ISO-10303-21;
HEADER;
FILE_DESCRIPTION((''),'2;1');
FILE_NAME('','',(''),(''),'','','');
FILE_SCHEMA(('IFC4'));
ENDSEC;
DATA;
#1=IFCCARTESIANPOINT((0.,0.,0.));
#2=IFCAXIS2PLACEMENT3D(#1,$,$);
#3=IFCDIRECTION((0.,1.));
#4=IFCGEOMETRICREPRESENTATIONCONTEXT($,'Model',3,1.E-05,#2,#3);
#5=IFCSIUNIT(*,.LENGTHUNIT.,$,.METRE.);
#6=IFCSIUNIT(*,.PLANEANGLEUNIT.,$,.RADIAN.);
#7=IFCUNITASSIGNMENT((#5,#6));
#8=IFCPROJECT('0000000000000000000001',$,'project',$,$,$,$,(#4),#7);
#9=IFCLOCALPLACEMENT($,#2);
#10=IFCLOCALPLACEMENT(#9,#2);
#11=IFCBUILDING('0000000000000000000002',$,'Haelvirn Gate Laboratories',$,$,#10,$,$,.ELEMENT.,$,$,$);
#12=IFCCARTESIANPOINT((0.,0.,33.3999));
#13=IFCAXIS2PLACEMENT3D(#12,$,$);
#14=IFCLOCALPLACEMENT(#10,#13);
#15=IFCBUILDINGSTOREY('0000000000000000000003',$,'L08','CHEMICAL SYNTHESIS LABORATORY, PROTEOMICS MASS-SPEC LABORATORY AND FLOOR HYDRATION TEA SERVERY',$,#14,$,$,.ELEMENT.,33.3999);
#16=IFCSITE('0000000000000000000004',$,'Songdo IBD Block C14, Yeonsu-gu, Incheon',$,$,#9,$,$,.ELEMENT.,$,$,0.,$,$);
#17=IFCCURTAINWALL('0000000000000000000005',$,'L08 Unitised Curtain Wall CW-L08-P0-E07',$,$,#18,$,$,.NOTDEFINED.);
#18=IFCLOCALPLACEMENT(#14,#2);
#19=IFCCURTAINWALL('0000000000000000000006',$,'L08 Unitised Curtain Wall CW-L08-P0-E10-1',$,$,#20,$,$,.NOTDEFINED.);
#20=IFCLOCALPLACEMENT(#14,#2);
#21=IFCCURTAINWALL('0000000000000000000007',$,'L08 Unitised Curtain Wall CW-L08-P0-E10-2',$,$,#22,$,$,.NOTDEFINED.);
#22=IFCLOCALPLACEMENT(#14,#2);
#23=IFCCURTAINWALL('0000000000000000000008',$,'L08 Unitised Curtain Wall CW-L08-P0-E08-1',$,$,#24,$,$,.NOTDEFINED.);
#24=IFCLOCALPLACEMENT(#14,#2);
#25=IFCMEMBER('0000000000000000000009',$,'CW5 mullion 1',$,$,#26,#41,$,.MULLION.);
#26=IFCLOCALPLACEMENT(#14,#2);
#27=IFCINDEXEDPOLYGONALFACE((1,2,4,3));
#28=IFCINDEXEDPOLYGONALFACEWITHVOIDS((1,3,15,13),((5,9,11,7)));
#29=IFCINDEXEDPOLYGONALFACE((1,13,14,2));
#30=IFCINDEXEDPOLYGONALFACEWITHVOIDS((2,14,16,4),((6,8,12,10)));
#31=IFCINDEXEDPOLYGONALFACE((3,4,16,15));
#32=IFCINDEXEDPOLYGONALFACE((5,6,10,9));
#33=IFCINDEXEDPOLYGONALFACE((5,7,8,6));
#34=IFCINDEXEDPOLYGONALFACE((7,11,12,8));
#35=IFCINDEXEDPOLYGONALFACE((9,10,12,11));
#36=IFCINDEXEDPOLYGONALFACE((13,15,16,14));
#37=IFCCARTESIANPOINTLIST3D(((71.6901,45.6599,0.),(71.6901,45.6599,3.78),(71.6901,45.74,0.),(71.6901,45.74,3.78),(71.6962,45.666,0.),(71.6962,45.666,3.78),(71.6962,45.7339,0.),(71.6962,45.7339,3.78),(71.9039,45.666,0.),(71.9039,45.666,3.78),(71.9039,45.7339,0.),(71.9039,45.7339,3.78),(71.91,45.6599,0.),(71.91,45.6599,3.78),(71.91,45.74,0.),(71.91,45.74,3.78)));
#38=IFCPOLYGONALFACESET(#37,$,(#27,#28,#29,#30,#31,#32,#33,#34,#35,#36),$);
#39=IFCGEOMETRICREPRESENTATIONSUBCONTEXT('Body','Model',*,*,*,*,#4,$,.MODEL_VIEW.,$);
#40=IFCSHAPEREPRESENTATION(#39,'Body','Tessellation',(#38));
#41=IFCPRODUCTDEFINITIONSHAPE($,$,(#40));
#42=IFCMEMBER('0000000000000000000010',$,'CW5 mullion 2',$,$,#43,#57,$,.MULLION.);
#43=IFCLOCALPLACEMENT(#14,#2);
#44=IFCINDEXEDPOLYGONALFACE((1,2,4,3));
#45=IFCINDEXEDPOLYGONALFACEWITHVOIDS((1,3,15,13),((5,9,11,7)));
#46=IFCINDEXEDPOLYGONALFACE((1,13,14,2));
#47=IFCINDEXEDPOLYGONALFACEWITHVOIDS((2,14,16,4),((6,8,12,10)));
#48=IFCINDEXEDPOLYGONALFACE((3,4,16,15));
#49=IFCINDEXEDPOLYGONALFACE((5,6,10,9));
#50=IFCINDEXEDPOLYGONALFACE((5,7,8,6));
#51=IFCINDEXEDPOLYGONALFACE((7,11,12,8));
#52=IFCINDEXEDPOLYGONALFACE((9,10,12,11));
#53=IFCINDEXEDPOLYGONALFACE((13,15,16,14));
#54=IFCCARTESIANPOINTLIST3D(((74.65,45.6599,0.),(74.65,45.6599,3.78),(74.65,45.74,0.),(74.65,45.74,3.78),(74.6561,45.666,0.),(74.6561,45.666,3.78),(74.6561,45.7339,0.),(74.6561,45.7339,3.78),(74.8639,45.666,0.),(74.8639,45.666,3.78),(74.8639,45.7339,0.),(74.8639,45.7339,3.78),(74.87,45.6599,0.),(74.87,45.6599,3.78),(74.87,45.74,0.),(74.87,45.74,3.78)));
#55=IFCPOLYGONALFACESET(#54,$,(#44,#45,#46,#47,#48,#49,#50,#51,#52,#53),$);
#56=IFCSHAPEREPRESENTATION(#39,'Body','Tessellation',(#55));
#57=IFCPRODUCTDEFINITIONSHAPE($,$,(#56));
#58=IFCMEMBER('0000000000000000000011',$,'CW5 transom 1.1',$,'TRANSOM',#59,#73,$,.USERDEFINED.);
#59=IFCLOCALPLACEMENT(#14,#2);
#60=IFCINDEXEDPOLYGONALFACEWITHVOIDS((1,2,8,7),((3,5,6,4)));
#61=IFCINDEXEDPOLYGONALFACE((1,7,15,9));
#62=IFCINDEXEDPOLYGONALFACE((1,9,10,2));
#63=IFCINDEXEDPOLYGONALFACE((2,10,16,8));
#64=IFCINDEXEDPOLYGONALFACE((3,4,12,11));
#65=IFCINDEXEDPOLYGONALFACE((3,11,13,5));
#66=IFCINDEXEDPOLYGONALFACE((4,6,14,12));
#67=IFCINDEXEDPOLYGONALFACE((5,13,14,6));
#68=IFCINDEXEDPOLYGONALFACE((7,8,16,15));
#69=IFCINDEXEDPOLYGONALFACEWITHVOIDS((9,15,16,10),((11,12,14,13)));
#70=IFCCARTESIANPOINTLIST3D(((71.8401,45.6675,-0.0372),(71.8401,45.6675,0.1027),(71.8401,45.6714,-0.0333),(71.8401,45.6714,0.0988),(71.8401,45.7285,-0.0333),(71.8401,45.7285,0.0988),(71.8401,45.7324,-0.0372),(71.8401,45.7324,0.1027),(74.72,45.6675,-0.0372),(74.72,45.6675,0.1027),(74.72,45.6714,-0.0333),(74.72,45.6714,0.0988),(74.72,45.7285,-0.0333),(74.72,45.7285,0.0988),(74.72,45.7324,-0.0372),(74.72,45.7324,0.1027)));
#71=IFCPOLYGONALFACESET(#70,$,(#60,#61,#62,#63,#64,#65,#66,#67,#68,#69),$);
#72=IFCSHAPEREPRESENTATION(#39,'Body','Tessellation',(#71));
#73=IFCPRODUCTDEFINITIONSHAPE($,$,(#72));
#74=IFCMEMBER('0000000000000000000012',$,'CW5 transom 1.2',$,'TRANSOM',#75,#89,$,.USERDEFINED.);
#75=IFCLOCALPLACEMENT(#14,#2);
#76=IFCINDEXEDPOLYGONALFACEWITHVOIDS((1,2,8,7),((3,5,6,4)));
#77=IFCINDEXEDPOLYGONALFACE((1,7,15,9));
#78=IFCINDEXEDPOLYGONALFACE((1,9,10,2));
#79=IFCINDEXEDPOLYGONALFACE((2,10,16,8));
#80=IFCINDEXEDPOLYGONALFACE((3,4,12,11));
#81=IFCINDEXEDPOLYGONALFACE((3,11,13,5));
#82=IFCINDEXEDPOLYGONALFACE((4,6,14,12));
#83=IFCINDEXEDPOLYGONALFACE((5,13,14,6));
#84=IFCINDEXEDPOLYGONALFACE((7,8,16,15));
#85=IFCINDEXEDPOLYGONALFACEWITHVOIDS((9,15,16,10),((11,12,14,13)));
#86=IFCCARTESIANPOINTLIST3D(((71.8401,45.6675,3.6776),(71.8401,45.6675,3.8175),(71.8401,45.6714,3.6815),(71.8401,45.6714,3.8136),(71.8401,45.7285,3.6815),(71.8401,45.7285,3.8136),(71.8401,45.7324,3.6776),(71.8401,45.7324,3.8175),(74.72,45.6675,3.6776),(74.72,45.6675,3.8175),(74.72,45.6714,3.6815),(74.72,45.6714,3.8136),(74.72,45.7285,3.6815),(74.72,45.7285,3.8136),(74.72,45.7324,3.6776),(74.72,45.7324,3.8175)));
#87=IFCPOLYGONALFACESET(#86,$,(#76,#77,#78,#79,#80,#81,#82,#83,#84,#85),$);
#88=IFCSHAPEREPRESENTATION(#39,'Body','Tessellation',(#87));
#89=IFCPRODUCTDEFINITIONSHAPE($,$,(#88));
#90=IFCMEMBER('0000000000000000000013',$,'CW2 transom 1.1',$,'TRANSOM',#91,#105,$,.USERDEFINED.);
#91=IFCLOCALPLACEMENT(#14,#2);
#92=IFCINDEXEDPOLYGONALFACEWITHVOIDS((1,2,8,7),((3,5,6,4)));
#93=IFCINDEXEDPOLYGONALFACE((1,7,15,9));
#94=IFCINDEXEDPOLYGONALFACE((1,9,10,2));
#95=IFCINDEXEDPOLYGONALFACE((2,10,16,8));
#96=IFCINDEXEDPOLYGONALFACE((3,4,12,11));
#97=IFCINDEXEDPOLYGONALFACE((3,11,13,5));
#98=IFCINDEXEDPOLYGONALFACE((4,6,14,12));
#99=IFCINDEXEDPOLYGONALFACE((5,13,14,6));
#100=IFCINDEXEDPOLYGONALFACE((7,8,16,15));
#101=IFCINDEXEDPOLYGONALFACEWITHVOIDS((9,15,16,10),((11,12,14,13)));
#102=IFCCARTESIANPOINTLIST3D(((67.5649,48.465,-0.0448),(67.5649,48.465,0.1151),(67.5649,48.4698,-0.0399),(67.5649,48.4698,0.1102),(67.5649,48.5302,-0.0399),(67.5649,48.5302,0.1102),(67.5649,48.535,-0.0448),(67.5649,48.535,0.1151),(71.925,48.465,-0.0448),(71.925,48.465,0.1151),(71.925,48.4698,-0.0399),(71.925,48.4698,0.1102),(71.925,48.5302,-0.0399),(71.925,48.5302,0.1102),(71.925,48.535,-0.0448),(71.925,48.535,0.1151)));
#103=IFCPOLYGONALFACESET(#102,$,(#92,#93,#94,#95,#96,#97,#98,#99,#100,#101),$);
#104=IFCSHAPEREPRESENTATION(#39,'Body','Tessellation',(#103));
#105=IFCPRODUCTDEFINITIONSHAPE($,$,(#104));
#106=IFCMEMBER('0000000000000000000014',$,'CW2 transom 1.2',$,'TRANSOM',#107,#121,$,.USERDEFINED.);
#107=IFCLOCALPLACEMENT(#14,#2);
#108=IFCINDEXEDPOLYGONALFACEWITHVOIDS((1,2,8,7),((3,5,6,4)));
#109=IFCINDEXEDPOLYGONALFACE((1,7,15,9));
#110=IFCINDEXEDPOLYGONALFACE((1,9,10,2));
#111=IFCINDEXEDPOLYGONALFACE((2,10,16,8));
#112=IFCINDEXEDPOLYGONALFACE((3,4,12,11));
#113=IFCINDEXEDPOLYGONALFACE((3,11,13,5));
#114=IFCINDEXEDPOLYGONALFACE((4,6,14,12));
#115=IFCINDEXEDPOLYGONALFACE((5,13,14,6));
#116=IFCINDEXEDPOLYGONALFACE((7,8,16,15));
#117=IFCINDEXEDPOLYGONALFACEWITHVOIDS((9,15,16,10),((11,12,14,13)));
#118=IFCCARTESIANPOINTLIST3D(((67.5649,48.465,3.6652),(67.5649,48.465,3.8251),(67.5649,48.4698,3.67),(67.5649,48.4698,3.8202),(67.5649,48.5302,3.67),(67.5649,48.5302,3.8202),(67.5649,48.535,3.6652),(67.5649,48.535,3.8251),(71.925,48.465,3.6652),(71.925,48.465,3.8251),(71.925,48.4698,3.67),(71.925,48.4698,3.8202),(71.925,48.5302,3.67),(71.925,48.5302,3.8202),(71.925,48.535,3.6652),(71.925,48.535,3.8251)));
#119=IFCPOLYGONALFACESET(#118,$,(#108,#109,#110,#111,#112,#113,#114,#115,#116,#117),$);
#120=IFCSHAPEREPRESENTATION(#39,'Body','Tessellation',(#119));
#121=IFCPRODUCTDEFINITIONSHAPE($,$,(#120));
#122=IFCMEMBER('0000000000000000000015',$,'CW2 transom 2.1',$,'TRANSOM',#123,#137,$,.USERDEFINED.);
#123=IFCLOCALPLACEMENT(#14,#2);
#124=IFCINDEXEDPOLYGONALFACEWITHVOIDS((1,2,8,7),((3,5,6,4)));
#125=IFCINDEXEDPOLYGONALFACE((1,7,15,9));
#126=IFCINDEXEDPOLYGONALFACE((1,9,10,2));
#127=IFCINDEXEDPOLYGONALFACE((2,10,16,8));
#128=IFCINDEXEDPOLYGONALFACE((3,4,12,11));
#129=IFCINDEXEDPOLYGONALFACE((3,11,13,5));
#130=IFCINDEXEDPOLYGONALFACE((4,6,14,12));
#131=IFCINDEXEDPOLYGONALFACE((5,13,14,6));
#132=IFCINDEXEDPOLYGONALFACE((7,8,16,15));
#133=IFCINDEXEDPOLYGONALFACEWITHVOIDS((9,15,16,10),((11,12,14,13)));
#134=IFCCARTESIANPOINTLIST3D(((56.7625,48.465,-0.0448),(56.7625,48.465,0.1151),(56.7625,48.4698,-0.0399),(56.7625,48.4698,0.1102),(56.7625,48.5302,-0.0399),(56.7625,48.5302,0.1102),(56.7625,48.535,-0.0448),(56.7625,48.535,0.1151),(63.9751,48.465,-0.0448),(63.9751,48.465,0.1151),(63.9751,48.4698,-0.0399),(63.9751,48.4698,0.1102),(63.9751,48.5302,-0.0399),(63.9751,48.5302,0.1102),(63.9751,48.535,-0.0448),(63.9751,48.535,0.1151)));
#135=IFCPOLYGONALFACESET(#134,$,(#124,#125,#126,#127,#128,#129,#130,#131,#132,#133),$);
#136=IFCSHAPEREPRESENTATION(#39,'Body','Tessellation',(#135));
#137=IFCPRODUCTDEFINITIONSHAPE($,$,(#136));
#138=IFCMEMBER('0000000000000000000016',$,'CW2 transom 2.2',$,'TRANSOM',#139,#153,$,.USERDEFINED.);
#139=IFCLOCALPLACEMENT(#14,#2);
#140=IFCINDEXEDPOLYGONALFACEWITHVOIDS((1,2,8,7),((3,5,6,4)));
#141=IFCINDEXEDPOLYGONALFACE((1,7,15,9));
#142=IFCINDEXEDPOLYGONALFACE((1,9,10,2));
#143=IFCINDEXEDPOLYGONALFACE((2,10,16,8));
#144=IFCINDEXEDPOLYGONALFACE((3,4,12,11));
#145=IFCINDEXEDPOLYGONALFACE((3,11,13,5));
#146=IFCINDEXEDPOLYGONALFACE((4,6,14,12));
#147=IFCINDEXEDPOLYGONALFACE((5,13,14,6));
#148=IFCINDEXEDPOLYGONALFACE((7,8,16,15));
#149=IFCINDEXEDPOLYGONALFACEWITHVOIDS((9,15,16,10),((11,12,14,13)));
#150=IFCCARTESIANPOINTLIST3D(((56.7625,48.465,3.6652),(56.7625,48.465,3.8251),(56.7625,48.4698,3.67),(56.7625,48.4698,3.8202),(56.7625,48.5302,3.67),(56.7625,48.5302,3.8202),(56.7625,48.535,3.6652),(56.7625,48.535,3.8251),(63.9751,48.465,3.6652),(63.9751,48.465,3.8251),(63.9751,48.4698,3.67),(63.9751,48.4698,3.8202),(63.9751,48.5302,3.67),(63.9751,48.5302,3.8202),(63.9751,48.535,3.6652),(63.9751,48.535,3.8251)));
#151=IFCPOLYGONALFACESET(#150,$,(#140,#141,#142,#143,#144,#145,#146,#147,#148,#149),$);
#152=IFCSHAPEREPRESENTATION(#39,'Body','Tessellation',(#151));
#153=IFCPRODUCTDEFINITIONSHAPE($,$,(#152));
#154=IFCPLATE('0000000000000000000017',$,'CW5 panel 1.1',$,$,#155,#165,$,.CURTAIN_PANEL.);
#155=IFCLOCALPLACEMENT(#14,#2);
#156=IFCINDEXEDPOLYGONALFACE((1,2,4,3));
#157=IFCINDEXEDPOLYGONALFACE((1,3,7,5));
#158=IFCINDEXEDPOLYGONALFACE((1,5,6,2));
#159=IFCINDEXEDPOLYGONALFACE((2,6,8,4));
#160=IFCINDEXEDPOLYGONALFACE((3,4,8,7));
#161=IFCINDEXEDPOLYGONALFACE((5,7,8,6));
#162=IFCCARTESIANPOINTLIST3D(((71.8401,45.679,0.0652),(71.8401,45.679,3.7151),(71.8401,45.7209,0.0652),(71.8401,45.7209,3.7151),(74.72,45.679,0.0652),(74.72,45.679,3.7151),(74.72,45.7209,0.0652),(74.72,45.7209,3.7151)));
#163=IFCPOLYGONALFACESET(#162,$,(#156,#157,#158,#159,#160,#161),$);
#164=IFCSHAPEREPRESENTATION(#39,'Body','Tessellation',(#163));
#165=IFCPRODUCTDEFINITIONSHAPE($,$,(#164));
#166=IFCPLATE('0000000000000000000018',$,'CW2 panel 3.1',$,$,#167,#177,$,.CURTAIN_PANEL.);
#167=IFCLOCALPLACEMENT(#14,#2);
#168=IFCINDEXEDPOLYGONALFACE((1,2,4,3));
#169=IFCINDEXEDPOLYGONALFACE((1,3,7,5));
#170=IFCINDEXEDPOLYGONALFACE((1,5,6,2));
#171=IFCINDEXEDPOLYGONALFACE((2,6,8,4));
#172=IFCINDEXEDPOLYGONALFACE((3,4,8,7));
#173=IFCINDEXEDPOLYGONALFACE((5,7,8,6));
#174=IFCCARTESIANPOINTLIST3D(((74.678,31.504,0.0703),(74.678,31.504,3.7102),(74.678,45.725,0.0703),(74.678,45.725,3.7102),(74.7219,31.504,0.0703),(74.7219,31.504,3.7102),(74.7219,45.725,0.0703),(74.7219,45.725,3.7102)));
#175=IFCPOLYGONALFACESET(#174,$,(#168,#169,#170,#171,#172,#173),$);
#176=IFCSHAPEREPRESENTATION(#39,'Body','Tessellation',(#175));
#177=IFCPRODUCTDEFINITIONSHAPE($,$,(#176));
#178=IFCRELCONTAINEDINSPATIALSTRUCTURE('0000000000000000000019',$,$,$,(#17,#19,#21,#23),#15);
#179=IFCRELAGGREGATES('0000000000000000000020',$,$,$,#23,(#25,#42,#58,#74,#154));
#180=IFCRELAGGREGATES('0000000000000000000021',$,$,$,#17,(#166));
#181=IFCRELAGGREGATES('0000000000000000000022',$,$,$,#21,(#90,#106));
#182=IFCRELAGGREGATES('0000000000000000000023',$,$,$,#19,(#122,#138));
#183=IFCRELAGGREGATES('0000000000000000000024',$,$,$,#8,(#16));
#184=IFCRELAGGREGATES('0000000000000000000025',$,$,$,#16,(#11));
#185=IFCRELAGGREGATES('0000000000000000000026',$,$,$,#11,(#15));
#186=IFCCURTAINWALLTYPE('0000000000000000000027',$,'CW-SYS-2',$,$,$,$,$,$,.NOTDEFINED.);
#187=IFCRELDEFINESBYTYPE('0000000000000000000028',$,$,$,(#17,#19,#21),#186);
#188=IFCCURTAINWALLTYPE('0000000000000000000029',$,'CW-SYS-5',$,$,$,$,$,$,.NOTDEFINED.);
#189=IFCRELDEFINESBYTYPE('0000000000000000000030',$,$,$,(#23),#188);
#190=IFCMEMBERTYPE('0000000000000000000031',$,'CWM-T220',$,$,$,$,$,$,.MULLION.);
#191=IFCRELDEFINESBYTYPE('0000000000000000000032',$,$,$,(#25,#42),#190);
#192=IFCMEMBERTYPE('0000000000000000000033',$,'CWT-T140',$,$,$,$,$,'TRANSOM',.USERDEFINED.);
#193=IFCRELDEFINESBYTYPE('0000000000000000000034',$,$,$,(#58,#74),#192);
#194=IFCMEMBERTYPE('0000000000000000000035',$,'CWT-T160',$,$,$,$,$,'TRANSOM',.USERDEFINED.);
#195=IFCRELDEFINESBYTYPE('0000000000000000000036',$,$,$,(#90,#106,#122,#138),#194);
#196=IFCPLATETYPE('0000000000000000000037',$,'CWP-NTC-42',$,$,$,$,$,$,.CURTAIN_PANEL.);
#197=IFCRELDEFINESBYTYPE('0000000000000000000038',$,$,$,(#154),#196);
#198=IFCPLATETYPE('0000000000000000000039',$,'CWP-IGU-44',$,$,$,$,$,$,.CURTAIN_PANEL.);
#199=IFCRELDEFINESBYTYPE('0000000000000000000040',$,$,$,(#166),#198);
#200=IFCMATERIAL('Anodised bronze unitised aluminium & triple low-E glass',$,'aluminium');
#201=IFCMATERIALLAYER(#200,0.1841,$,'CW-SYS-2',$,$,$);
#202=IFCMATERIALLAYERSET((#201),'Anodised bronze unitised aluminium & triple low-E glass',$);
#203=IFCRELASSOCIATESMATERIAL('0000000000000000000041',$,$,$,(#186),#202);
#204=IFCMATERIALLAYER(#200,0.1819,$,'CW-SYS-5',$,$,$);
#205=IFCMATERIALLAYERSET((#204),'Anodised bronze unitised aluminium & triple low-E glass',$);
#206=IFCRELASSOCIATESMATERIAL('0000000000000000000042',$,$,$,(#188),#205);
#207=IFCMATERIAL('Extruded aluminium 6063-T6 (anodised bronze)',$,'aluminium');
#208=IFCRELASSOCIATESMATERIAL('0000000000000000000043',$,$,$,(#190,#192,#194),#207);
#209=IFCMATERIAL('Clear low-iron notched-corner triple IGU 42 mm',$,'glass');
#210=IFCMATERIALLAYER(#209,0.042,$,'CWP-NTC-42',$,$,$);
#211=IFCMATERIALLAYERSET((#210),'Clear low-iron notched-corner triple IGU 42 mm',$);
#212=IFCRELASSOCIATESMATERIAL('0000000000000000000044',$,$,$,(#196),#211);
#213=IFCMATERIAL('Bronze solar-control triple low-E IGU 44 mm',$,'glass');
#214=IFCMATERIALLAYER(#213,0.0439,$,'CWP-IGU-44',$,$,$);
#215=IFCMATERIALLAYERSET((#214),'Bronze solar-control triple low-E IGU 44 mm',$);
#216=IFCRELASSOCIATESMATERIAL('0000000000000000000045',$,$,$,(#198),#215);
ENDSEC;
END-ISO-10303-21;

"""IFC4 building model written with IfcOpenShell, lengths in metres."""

from ifc_helpers import new_model, si_unit, direction, frame, origin, origin_2d, place, context, subcontext, project, spatial, rectangle, hollow_rectangle, extrude, source, transform, mapped, material, layer, layer_set, material_profile, profile_set, type_object, type_shapes, element, aggregate, save


model = new_model("IFC4")

# Units and contexts
model_context = context("Model", 3, precision=1e-05, world=origin(), true_north=direction((0.0, 1.0)))
body_context = subcontext(model_context, "Body", "Model", "MODEL_VIEW")
ifc_project = project(units=[si_unit("LENGTHUNIT", "METRE"), si_unit("PLANEANGLEUNIT", "RADIAN")], contexts=[model_context])

# Site, building, storey
site_placement = place(None, origin())
site = spatial("IfcSite", under=ifc_project, at=site_placement, Name="Songdo IBD Block C14, Yeonsu-gu, Incheon", CompositionType="ELEMENT", RefElevation=0.0)
building_placement = place(site_placement, origin())
building = spatial("IfcBuilding", under=site, at=building_placement, Name="Haelvirn Gate Laboratories", CompositionType="ELEMENT")
storey_placement = place(building_placement, frame((0.0, 0.0, 33.3999)))
storey = spatial("IfcBuildingStorey", under=building, at=storey_placement, Name="L08", Description="CHEMICAL SYNTHESIS LABORATORY, PROTEOMICS MASS-SPEC LABORATORY AND FLOOR HYDRATION TEA SERVERY", CompositionType="ELEMENT", Elevation=33.3999)

# Curtain wall
ifc_material_1 = material(Name="Anodised bronze unitised aluminium & triple low-E glass", Category="aluminium")
ifc_layer_1 = layer(ifc_material_1, 0.1841, Name="CW-SYS-2")
ifc_layer_set_1 = layer_set([ifc_layer_1], Name="Anodised bronze unitised aluminium & triple low-E glass")
curtain_wall_type_1 = type_object("IfcCurtainWallType", Name="CW-SYS-2", PredefinedType="NOTDEFINED", material=ifc_layer_set_1)
curtain_wall_1_placement = place(storey_placement, origin())
curtain_wall_1 = element("IfcCurtainWall", 1, at=curtain_wall_1_placement, inside=storey, type_object=curtain_wall_type_1, Name="L08 Unitised Curtain Wall CW-L08-P0-E07", PredefinedType="NOTDEFINED")
ifc_material_2 = material(Name="Extruded aluminium 6063-T6 (anodised bronze)", Category="aluminium")

# Curtain walls, members
curtain_wall_2_placement = place(storey_placement, origin())
curtain_wall_2 = element("IfcCurtainWall", 2, at=curtain_wall_2_placement, inside=storey, type_object=curtain_wall_type_1, Name="L08 Unitised Curtain Wall CW-L08-P0-E10-1", PredefinedType="NOTDEFINED")
curtain_wall_3_placement = place(storey_placement, origin())
curtain_wall_3 = element("IfcCurtainWall", 3, at=curtain_wall_3_placement, inside=storey, type_object=curtain_wall_type_1, Name="L08 Unitised Curtain Wall CW-L08-P0-E10-2", PredefinedType="NOTDEFINED")
ifc_layer_2 = layer(ifc_material_1, 0.1819, Name="CW-SYS-5")
ifc_layer_set_2 = layer_set([ifc_layer_2], Name="Anodised bronze unitised aluminium & triple low-E glass")
curtain_wall_type_2 = type_object("IfcCurtainWallType", Name="CW-SYS-5", PredefinedType="NOTDEFINED", material=ifc_layer_set_2)
curtain_wall_4_placement = place(storey_placement, origin())
curtain_wall_4 = element("IfcCurtainWall", 4, at=curtain_wall_4_placement, inside=storey, type_object=curtain_wall_type_2, Name="L08 Unitised Curtain Wall CW-L08-P0-E08-1", PredefinedType="NOTDEFINED")
ifc_material_profile_1 = material_profile(ifc_material_2, hollow_rectangle(XDim=0.0801, YDim=0.22, WallThickness=0.0061, at=origin_2d()), Name="CWM-220x80x6")
ifc_profile_set_1 = profile_set([ifc_material_profile_1], Name="Extruded aluminium 6063-T6 (anodised bronze)")
member_type_1 = type_object("IfcMemberType", Name="CWM-T220", PredefinedType="MULLION", material=ifc_profile_set_1)
shared_shape_1 = source(origin(), body_context, "Body", "SweptSolid", [
    extrude(hollow_rectangle(XDim=0.0801, YDim=0.22, WallThickness=0.0061, at=origin_2d()), origin(), (0.0, 0.0, 1.0), 3.78),
])
type_shapes(member_type_1, [shared_shape_1])
member_1_placement = place(storey_placement, frame((71.8, 45.7, 0.0), z_axis=(0.0, 0.0, 1.0), x_axis=(0.0, 1.0, 0.0)))
member_1 = element("IfcMember", 5, at=member_1_placement, type_object=member_type_1, Name="CW5 mullion 1", PredefinedType="MULLION", context=body_context, shape_type="MappedRepresentation", body=[
    mapped(shared_shape_1, transform((0.0, 0.0, 0.0), scale=1.0)),
])
member_2_placement = place(storey_placement, frame((74.76, 45.7, 0.0), z_axis=(0.0, 0.0, 1.0), x_axis=(0.0, 1.0, 0.0)))
member_2 = element("IfcMember", 6, at=member_2_placement, type_object=member_type_1, Name="CW5 mullion 2", PredefinedType="MULLION", context=body_context, shape_type="MappedRepresentation", body=[
    mapped(shared_shape_1, transform((0.0, 0.0, 0.0), scale=1.0)),
])
ifc_material_profile_2 = material_profile(ifc_material_2, hollow_rectangle(XDim=0.0649, YDim=0.1399, WallThickness=0.0039, at=origin_2d()), Name="CWT-140x65x4")
ifc_profile_set_2 = profile_set([ifc_material_profile_2], Name="Extruded aluminium 6063-T6 (anodised bronze)")
member_type_2 = type_object("IfcMemberType", Name="CWT-T140", ElementType="TRANSOM", PredefinedType="USERDEFINED", material=ifc_profile_set_2)
shared_shape_2 = source(origin(), body_context, "Body", "SweptSolid", [
    extrude(hollow_rectangle(XDim=0.0649, YDim=0.1399, WallThickness=0.0039, at=origin_2d()), origin(), (0.0, 0.0, 1.0), 2.8799),
])
type_shapes(member_type_2, [shared_shape_2])
member_3_placement = place(storey_placement, frame((71.8401, 45.7, 0.0327), z_axis=(1.0, 0.0, 0.0), x_axis=(0.0, 1.0, 0.0)))
member_3 = element("IfcMember", 7, at=member_3_placement, type_object=member_type_2, Name="CW5 transom 1.1", ObjectType="TRANSOM", PredefinedType="USERDEFINED", context=body_context, shape_type="MappedRepresentation", body=[
    mapped(shared_shape_2, transform((0.0, 0.0, 0.0), scale=1.0)),
])
member_4_placement = place(storey_placement, frame((71.8401, 45.7, 3.7476), z_axis=(1.0, 0.0, 0.0), x_axis=(0.0, 1.0, 0.0)))
member_4 = element("IfcMember", 8, at=member_4_placement, type_object=member_type_2, Name="CW5 transom 1.2", ObjectType="TRANSOM", PredefinedType="USERDEFINED", context=body_context, shape_type="MappedRepresentation", body=[
    mapped(shared_shape_2, transform((0.0, 0.0, 0.0), scale=1.0)),
])

# Members
ifc_material_profile_3 = material_profile(ifc_material_2, hollow_rectangle(XDim=0.0701, YDim=0.1599, WallThickness=0.0049, at=origin_2d()), Name="CWT-160x70x5")
ifc_profile_set_3 = profile_set([ifc_material_profile_3], Name="Extruded aluminium 6063-T6 (anodised bronze)")
member_type_3 = type_object("IfcMemberType", Name="CWT-T160", ElementType="TRANSOM", PredefinedType="USERDEFINED", material=ifc_profile_set_3)
shared_shape_3 = source(origin(), body_context, "Body", "SweptSolid", [
    extrude(hollow_rectangle(XDim=0.0701, YDim=0.1599, WallThickness=0.0049, at=origin_2d()), origin(), (0.0, 0.0, 1.0), 4.3601),
])
member_5_placement = place(storey_placement, frame((67.5649, 48.5, 0.0352), z_axis=(1.0, 0.0, 0.0), x_axis=(0.0, 1.0, 0.0)))
member_5 = element("IfcMember", 9, at=member_5_placement, type_object=member_type_3, Name="CW2 transom 1.1", ObjectType="TRANSOM", PredefinedType="USERDEFINED", context=body_context, shape_type="MappedRepresentation", body=[
    mapped(shared_shape_3, transform((0.0, 0.0, 0.0), scale=1.0)),
])
member_6_placement = place(storey_placement, frame((67.5649, 48.5, 3.7451), z_axis=(1.0, 0.0, 0.0), x_axis=(0.0, 1.0, 0.0)))
member_6 = element("IfcMember", 10, at=member_6_placement, type_object=member_type_3, Name="CW2 transom 1.2", ObjectType="TRANSOM", PredefinedType="USERDEFINED", context=body_context, shape_type="MappedRepresentation", body=[
    mapped(shared_shape_3, transform((0.0, 0.0, 0.0), scale=1.0)),
])
shared_shape_4 = source(origin(), body_context, "Body", "SweptSolid", [
    extrude(hollow_rectangle(XDim=0.0701, YDim=0.1599, WallThickness=0.0049, at=origin_2d()), origin(), (0.0, 0.0, 1.0), 7.2126),
])
type_shapes(member_type_3, [shared_shape_3, shared_shape_4])
member_7_placement = place(storey_placement, frame((56.7625, 48.5, 0.0352), z_axis=(1.0, 0.0, 0.0), x_axis=(0.0, 1.0, 0.0)))
member_7 = element("IfcMember", 11, at=member_7_placement, type_object=member_type_3, Name="CW2 transom 2.1", ObjectType="TRANSOM", PredefinedType="USERDEFINED", context=body_context, shape_type="MappedRepresentation", body=[
    mapped(shared_shape_4, transform((0.0, 0.0, 0.0), scale=1.0)),
])
member_8_placement = place(storey_placement, frame((56.7625, 48.5, 3.7451), z_axis=(1.0, 0.0, 0.0), x_axis=(0.0, 1.0, 0.0)))
member_8 = element("IfcMember", 12, at=member_8_placement, type_object=member_type_3, Name="CW2 transom 2.2", ObjectType="TRANSOM", PredefinedType="USERDEFINED", context=body_context, shape_type="MappedRepresentation", body=[
    mapped(shared_shape_4, transform((0.0, 0.0, 0.0), scale=1.0)),
])

# Plates
ifc_material_3 = material(Name="Clear low-iron notched-corner triple IGU 42 mm", Category="glass")
ifc_layer_3 = layer(ifc_material_3, 0.042, Name="CWP-NTC-42")
ifc_layer_set_3 = layer_set([ifc_layer_3], Name="Clear low-iron notched-corner triple IGU 42 mm")
plate_type_1 = type_object("IfcPlateType", Name="CWP-NTC-42", PredefinedType="CURTAIN_PANEL", material=ifc_layer_set_3)
shared_shape_5 = source(origin(), body_context, "Body", "SweptSolid", [
    extrude(rectangle(XDim=2.8799, YDim=0.042, at=origin_2d()), origin(), (0.0, 0.0, 1.0), 3.6499),
])
type_shapes(plate_type_1, [shared_shape_5])
plate_1_placement = place(storey_placement, frame((73.28, 45.7, 0.0652), z_axis=(0.0, 0.0, 1.0), x_axis=(1.0, 0.0, 0.0)))
plate_1 = element("IfcPlate", 13, at=plate_1_placement, type_object=plate_type_1, Name="CW5 panel 1.1", PredefinedType="CURTAIN_PANEL", context=body_context, shape_type="MappedRepresentation", body=[
    mapped(shared_shape_5, transform((0.0, 0.0, 0.0), scale=1.0)),
])
aggregate(curtain_wall_4, [member_1, member_2, member_3, member_4, plate_1])
ifc_material_4 = material(Name="Bronze solar-control triple low-E IGU 44 mm", Category="glass")
ifc_layer_4 = layer(ifc_material_4, 0.0439, Name="CWP-IGU-44")
ifc_layer_set_4 = layer_set([ifc_layer_4], Name="Bronze solar-control triple low-E IGU 44 mm")
plate_type_2 = type_object("IfcPlateType", Name="CWP-IGU-44", PredefinedType="CURTAIN_PANEL", material=ifc_layer_set_4)
shared_shape_6 = source(origin(), body_context, "Body", "SweptSolid", [
    extrude(rectangle(XDim=14.2209, YDim=0.0439, at=origin_2d()), origin(), (0.0, 0.0, 1.0), 3.6399),
])
plate_2_placement = place(storey_placement, frame((74.7, 38.6145, 0.0703), z_axis=(0.0, 0.0, 1.0), x_axis=(0.0, 1.0, 0.0)))
plate_2 = element("IfcPlate", 14, at=plate_2_placement, type_object=plate_type_2, Name="CW2 panel 3.1", PredefinedType="CURTAIN_PANEL", context=body_context, shape_type="MappedRepresentation", body=[
    mapped(shared_shape_6, transform((0.0, 0.0, 0.0), scale=1.0)),
])
aggregate(curtain_wall_1, [plate_2])
aggregate(curtain_wall_3, [member_5, member_6])
aggregate(curtain_wall_2, [member_7, member_8])

save(model, "model.ifc")
